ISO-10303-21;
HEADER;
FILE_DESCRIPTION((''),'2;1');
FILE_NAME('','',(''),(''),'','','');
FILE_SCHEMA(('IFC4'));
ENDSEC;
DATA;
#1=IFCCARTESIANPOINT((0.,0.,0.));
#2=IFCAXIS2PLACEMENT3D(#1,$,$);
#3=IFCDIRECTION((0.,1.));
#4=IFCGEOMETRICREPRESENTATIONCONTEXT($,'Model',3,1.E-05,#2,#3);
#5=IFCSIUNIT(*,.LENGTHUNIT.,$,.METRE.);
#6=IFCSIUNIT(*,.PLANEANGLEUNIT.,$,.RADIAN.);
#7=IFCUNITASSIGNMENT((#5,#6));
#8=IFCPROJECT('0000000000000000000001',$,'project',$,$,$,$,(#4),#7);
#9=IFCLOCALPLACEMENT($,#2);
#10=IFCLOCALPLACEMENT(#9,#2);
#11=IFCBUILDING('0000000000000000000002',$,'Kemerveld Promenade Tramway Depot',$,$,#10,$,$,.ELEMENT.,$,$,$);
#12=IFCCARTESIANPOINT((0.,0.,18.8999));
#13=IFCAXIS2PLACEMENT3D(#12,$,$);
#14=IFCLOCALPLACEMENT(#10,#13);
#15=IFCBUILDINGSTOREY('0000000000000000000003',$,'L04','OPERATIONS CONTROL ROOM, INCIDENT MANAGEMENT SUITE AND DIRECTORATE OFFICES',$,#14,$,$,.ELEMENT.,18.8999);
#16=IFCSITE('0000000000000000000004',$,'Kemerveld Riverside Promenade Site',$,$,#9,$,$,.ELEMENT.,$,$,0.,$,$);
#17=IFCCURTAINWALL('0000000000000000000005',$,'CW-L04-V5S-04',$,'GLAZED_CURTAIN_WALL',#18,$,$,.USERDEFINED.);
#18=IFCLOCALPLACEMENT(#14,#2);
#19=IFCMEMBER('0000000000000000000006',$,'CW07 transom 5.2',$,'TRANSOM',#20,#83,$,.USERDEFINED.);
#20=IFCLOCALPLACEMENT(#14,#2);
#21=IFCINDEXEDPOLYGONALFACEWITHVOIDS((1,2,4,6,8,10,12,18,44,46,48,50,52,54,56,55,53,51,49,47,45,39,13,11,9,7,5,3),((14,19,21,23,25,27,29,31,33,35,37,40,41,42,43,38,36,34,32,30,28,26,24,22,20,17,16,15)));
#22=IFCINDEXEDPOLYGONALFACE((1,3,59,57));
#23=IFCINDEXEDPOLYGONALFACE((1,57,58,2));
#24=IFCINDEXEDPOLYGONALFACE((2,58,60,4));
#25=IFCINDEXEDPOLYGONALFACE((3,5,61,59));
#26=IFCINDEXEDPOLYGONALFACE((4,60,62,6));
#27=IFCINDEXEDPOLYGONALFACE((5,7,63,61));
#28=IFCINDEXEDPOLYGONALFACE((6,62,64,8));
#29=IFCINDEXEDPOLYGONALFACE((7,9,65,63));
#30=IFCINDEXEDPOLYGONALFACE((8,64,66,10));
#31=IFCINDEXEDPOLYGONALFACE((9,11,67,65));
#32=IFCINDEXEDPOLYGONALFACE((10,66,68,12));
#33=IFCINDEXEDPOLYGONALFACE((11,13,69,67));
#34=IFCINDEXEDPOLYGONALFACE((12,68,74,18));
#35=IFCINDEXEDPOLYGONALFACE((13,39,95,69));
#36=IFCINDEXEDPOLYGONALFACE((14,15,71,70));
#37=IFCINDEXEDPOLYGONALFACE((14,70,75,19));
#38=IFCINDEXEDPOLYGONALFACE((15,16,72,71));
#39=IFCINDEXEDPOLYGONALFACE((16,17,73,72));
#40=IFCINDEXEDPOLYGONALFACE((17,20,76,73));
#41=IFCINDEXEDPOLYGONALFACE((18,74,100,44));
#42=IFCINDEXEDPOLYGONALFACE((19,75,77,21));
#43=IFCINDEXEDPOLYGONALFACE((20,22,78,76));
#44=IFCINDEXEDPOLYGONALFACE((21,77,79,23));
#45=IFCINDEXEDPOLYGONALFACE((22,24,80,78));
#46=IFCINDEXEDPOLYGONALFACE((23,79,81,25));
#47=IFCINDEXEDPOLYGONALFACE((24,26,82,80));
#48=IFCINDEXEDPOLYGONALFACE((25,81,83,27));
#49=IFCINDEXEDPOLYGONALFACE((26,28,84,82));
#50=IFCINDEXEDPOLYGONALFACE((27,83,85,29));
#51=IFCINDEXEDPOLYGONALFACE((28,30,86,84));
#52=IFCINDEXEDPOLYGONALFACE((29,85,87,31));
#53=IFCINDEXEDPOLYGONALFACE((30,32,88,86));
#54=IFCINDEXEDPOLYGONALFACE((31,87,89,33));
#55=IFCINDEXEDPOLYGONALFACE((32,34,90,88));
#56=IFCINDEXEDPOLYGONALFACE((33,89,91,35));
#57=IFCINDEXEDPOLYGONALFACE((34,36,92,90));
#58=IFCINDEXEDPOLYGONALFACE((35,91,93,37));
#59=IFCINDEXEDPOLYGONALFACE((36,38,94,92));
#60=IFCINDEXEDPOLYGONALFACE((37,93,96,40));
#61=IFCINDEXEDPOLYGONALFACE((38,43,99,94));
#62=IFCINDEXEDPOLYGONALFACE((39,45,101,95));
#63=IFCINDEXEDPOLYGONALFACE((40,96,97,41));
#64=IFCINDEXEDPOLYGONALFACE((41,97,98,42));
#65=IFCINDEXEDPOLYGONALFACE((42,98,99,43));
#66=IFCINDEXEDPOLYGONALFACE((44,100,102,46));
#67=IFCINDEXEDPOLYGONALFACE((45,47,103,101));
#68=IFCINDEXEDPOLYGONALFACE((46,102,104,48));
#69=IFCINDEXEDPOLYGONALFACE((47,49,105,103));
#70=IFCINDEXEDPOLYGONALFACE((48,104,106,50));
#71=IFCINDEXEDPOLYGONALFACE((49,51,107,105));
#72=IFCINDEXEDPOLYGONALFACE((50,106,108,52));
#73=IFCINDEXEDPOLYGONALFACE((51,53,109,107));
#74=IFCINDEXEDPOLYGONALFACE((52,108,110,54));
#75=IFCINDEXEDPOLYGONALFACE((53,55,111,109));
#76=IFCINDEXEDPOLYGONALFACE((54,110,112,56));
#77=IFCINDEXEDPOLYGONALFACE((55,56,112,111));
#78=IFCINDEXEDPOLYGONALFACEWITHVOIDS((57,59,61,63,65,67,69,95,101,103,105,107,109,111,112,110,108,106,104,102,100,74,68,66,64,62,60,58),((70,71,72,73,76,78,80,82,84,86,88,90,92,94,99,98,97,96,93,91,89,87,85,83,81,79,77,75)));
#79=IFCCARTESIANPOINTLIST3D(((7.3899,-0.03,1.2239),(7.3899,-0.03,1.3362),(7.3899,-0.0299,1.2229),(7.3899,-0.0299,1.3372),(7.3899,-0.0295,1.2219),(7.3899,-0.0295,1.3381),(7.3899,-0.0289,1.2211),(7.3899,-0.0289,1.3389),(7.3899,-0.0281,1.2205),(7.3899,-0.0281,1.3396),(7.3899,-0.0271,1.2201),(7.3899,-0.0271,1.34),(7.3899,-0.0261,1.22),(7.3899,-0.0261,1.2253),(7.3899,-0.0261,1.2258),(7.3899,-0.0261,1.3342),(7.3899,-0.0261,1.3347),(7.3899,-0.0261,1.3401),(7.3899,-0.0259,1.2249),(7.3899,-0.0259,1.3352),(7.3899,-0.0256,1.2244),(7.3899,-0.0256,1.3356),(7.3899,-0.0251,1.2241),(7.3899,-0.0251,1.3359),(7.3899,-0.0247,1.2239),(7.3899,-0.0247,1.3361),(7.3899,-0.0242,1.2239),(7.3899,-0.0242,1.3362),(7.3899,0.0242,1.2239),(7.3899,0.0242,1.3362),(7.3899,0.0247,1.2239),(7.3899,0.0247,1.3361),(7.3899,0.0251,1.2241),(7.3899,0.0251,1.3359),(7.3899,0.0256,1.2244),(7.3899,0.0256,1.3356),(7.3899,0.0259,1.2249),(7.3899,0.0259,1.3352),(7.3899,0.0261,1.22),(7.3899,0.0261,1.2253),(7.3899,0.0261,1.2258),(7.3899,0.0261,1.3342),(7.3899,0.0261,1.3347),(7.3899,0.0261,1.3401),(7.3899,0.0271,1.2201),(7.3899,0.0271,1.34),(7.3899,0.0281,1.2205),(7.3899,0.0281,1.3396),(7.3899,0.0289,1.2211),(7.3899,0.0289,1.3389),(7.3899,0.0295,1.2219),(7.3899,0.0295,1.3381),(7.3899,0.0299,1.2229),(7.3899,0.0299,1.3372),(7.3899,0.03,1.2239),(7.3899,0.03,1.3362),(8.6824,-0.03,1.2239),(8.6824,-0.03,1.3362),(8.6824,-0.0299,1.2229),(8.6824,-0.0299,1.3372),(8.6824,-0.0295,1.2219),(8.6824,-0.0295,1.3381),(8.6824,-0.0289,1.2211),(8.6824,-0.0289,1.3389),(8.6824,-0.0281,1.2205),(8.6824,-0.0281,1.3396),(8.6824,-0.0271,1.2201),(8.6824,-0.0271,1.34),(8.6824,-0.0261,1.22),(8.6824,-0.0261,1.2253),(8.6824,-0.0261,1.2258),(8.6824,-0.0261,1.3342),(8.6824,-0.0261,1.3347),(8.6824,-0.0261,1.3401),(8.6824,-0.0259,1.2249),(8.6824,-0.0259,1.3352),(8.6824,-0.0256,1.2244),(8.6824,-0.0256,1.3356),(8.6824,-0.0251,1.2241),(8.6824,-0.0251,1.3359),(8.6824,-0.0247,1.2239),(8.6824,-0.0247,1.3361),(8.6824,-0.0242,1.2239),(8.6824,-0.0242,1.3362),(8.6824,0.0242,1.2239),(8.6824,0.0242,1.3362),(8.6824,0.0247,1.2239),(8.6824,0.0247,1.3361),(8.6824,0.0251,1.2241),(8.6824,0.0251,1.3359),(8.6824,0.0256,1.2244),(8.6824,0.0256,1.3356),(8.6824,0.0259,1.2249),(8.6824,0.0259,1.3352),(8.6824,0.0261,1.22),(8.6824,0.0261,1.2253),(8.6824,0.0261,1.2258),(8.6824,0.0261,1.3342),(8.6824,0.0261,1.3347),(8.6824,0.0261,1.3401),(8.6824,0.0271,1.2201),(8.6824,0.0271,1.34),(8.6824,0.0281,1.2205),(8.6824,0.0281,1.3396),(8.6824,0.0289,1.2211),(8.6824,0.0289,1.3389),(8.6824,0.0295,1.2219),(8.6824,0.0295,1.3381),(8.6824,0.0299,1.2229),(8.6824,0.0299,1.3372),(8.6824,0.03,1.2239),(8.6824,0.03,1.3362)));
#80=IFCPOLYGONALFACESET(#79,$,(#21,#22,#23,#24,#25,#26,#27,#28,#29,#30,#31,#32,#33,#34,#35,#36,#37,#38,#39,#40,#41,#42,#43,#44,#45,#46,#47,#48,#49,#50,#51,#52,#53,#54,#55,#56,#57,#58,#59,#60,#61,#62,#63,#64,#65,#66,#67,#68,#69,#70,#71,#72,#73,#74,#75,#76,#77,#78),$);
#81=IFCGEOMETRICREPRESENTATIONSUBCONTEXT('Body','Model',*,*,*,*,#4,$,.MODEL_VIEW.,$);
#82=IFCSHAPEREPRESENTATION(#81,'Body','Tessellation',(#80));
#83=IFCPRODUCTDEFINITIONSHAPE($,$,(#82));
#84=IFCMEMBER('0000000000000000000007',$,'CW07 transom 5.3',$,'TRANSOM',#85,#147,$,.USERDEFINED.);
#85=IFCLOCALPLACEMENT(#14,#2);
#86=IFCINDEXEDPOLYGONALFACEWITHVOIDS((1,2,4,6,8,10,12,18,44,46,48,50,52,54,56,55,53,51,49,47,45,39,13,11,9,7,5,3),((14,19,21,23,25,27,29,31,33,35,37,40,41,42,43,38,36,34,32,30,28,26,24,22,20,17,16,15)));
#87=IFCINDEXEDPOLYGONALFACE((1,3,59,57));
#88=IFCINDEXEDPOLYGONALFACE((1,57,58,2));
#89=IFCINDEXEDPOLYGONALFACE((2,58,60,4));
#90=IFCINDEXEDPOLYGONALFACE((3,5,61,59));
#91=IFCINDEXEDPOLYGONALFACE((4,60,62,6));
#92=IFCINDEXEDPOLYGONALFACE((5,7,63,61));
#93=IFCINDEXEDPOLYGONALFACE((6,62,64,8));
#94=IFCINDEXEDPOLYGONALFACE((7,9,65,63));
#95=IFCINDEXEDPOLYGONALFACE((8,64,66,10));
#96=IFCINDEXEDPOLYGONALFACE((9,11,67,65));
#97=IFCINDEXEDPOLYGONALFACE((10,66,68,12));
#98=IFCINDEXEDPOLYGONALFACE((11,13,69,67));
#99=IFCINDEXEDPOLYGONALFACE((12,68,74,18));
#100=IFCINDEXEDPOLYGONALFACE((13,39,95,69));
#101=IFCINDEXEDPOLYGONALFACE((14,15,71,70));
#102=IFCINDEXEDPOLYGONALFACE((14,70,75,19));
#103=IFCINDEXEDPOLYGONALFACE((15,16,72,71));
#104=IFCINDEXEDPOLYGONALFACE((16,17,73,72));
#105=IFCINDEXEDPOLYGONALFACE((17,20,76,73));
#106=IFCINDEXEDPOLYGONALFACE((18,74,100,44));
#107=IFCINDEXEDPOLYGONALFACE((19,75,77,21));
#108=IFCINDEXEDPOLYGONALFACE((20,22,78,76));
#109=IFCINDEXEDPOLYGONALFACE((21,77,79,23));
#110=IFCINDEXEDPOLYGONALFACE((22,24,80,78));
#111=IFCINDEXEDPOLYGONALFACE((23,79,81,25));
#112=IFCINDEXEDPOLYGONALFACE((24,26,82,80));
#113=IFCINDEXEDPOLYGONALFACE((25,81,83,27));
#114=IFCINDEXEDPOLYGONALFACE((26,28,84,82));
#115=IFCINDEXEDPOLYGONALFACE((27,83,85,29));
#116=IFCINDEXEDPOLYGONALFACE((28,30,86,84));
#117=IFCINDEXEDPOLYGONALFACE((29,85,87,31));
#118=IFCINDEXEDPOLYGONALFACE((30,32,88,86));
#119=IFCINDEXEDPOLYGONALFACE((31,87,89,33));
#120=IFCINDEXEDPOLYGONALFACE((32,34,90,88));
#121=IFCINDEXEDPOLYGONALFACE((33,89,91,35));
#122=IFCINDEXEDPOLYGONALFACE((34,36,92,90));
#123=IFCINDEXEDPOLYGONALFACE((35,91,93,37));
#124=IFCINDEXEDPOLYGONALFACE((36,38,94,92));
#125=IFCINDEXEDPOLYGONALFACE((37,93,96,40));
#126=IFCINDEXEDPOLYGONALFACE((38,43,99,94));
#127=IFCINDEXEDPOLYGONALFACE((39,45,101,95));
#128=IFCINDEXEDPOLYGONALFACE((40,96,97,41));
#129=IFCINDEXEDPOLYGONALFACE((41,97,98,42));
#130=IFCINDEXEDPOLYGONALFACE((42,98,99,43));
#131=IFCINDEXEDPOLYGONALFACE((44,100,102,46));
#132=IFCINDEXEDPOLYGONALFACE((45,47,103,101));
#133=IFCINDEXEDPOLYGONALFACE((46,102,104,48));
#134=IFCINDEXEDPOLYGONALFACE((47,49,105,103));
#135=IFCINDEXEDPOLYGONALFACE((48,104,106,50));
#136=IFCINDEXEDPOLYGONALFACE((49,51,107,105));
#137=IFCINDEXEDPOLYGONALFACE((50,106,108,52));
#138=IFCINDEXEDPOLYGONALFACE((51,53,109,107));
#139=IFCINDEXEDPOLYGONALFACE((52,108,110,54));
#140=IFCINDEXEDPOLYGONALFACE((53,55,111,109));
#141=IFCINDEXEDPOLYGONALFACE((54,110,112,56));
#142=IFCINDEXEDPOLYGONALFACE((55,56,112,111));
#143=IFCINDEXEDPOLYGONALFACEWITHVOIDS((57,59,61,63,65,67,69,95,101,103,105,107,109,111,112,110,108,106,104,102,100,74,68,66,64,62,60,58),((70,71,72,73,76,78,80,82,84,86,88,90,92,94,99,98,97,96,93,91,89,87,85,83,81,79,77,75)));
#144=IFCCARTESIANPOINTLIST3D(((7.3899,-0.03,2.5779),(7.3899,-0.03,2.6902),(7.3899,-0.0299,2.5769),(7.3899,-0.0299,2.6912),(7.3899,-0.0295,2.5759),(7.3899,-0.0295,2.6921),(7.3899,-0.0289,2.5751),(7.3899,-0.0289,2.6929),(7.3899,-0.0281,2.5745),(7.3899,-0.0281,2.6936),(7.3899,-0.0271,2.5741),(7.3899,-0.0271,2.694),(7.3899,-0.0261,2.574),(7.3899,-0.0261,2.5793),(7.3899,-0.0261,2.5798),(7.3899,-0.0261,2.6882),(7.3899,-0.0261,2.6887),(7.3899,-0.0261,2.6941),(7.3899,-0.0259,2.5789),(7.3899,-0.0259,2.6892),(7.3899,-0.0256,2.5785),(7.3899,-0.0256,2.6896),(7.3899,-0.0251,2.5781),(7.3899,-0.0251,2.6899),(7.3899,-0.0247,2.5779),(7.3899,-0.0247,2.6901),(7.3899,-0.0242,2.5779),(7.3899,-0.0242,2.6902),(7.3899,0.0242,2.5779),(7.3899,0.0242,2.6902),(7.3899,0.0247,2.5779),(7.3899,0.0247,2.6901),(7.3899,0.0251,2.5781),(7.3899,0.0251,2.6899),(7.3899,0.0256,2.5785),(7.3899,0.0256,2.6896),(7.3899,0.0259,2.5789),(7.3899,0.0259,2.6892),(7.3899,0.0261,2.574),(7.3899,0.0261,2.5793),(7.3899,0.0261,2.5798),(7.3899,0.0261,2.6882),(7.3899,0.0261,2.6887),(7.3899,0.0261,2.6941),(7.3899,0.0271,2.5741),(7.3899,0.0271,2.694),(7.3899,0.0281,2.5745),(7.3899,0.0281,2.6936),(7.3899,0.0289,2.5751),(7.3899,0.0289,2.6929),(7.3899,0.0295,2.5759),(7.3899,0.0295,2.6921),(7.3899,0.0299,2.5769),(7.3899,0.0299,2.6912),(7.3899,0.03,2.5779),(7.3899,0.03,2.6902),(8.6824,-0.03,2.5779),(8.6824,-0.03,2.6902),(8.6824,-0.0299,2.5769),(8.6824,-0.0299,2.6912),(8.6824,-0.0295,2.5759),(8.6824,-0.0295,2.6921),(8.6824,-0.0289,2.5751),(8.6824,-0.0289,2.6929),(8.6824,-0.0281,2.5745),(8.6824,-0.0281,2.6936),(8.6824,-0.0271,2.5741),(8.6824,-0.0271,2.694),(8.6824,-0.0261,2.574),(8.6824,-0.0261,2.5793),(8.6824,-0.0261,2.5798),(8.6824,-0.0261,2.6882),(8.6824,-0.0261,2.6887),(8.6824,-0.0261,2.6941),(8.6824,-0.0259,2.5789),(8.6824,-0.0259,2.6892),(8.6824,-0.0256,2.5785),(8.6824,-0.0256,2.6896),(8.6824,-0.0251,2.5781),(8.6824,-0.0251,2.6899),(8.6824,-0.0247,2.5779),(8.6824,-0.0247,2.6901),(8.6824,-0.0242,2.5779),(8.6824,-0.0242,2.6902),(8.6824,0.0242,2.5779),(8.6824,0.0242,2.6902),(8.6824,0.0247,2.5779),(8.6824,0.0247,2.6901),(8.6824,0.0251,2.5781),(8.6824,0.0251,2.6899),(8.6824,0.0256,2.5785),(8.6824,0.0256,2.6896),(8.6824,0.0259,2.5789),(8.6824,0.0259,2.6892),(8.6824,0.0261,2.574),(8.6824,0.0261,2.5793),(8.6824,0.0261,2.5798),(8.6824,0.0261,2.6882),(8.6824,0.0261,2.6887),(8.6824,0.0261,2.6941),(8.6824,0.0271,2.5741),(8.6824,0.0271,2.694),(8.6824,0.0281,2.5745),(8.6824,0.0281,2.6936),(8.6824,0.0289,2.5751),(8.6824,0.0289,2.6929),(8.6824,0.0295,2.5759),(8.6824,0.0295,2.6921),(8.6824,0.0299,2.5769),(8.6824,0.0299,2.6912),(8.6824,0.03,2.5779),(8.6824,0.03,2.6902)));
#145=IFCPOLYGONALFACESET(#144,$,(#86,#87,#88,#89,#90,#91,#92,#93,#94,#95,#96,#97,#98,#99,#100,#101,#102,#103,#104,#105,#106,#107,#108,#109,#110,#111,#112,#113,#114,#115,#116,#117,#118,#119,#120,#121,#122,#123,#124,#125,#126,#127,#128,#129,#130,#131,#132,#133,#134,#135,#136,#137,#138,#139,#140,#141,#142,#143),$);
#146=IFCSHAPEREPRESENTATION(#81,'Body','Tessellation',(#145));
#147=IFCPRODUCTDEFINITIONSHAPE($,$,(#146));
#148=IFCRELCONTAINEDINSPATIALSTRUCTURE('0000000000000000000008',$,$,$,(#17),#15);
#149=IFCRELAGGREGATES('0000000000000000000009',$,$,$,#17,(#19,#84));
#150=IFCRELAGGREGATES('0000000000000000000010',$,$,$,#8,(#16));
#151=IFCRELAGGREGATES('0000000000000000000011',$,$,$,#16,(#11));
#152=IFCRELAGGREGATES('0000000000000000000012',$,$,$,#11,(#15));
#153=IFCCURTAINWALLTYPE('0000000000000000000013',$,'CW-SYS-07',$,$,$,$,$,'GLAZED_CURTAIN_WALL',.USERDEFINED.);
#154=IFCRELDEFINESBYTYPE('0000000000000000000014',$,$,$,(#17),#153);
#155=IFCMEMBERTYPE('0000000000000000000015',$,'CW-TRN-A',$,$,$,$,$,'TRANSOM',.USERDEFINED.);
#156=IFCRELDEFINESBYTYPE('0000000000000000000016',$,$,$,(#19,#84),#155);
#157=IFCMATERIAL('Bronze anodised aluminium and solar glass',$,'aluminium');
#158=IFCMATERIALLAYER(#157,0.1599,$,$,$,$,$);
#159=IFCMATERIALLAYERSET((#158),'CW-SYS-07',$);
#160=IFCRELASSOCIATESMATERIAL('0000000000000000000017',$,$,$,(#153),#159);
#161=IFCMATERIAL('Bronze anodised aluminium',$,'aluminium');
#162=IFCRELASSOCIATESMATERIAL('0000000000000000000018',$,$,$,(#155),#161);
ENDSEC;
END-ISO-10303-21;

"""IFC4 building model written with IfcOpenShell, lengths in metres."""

from ifc_helpers import new_model, si_unit, direction, frame, origin, origin_2d, place, context, subcontext, project, spatial, hollow_rectangle, extrude, material, layer, layer_set, material_profile, profile_set, type_object, element, aggregate, save


model = new_model("IFC4")

# Units and contexts
model_context = context("Model", 3, precision=1e-05, world=origin(), true_north=direction((0.0, 1.0)))
body_context = subcontext(model_context, "Body", "Model", "MODEL_VIEW")
ifc_project = project(units=[si_unit("LENGTHUNIT", "METRE"), si_unit("PLANEANGLEUNIT", "RADIAN")], contexts=[model_context])

# Site, building, storey
site_placement = place(None, origin())
site = spatial("IfcSite", under=ifc_project, at=site_placement, Name="Kemerveld Riverside Promenade Site", CompositionType="ELEMENT", RefElevation=0.0)
building_placement = place(site_placement, origin())
building = spatial("IfcBuilding", under=site, at=building_placement, Name="Kemerveld Promenade Tramway Depot", CompositionType="ELEMENT")
storey_placement = place(building_placement, frame((0.0, 0.0, 18.8999)))
storey = spatial("IfcBuildingStorey", under=building, at=storey_placement, Name="L04", Description="OPERATIONS CONTROL ROOM, INCIDENT MANAGEMENT SUITE AND DIRECTORATE OFFICES", CompositionType="ELEMENT", Elevation=18.8999)

# Curtain wall, members
ifc_material_1 = material(Name="Bronze anodised aluminium and solar glass", Category="aluminium")
ifc_layer_1 = layer(ifc_material_1, 0.1599)
ifc_layer_set_1 = layer_set([ifc_layer_1], Name="CW-SYS-07")
curtain_wall_type = type_object("IfcCurtainWallType", Name="CW-SYS-07", ElementType="GLAZED_CURTAIN_WALL", PredefinedType="USERDEFINED", material=ifc_layer_set_1)
curtain_wall_placement = place(storey_placement, origin())
curtain_wall = element("IfcCurtainWall", 1, at=curtain_wall_placement, inside=storey, type_object=curtain_wall_type, Name="CW-L04-V5S-04", ObjectType="GLAZED_CURTAIN_WALL", PredefinedType="USERDEFINED")
ifc_material_2 = material(Name="Bronze anodised aluminium", Category="aluminium")
ifc_material_profile_1 = material_profile(ifc_material_2, hollow_rectangle(XDim=0.0601, YDim=0.1201, WallThickness=0.0039, InnerFilletRadius=0.002, OuterFilletRadius=0.0039, at=origin_2d()), Name="CW-TRN-120x60")
ifc_profile_set_1 = profile_set([ifc_material_profile_1], Name="Bronze anodised aluminium")
member_type_1 = type_object("IfcMemberType", Name="CW-TRN-A", ElementType="TRANSOM", PredefinedType="USERDEFINED", material=ifc_profile_set_1)
member_1_placement = place(storey_placement, frame((8.6824, 0.0, 1.28), z_axis=(-1.0, 0.0, 0.0), x_axis=(0.0, -1.0, 0.0)))
member_1 = element("IfcMember", 2, at=member_1_placement, type_object=member_type_1, Name="CW07 transom 5.2", ObjectType="TRANSOM", PredefinedType="USERDEFINED", context=body_context, shape_type="SweptSolid", body=[
    extrude(hollow_rectangle(XDim=0.0601, YDim=0.1201, WallThickness=0.0039, InnerFilletRadius=0.002, OuterFilletRadius=0.0039, at=origin_2d()), origin(), (0.0, 0.0, 1.0), 1.2925),
])
member_2_placement = place(storey_placement, frame((8.6824, 0.0, 2.634), z_axis=(-1.0, 0.0, 0.0), x_axis=(0.0, -1.0, 0.0)))
member_2 = element("IfcMember", 3, at=member_2_placement, type_object=member_type_1, Name="CW07 transom 5.3", ObjectType="TRANSOM", PredefinedType="USERDEFINED", context=body_context, shape_type="SweptSolid", body=[
    extrude(hollow_rectangle(XDim=0.0601, YDim=0.1201, WallThickness=0.0039, InnerFilletRadius=0.002, OuterFilletRadius=0.0039, at=origin_2d()), origin(), (0.0, 0.0, 1.0), 1.2925),
])

aggregate(curtain_wall, [member_1, member_2])

save(model, "model.ifc")
